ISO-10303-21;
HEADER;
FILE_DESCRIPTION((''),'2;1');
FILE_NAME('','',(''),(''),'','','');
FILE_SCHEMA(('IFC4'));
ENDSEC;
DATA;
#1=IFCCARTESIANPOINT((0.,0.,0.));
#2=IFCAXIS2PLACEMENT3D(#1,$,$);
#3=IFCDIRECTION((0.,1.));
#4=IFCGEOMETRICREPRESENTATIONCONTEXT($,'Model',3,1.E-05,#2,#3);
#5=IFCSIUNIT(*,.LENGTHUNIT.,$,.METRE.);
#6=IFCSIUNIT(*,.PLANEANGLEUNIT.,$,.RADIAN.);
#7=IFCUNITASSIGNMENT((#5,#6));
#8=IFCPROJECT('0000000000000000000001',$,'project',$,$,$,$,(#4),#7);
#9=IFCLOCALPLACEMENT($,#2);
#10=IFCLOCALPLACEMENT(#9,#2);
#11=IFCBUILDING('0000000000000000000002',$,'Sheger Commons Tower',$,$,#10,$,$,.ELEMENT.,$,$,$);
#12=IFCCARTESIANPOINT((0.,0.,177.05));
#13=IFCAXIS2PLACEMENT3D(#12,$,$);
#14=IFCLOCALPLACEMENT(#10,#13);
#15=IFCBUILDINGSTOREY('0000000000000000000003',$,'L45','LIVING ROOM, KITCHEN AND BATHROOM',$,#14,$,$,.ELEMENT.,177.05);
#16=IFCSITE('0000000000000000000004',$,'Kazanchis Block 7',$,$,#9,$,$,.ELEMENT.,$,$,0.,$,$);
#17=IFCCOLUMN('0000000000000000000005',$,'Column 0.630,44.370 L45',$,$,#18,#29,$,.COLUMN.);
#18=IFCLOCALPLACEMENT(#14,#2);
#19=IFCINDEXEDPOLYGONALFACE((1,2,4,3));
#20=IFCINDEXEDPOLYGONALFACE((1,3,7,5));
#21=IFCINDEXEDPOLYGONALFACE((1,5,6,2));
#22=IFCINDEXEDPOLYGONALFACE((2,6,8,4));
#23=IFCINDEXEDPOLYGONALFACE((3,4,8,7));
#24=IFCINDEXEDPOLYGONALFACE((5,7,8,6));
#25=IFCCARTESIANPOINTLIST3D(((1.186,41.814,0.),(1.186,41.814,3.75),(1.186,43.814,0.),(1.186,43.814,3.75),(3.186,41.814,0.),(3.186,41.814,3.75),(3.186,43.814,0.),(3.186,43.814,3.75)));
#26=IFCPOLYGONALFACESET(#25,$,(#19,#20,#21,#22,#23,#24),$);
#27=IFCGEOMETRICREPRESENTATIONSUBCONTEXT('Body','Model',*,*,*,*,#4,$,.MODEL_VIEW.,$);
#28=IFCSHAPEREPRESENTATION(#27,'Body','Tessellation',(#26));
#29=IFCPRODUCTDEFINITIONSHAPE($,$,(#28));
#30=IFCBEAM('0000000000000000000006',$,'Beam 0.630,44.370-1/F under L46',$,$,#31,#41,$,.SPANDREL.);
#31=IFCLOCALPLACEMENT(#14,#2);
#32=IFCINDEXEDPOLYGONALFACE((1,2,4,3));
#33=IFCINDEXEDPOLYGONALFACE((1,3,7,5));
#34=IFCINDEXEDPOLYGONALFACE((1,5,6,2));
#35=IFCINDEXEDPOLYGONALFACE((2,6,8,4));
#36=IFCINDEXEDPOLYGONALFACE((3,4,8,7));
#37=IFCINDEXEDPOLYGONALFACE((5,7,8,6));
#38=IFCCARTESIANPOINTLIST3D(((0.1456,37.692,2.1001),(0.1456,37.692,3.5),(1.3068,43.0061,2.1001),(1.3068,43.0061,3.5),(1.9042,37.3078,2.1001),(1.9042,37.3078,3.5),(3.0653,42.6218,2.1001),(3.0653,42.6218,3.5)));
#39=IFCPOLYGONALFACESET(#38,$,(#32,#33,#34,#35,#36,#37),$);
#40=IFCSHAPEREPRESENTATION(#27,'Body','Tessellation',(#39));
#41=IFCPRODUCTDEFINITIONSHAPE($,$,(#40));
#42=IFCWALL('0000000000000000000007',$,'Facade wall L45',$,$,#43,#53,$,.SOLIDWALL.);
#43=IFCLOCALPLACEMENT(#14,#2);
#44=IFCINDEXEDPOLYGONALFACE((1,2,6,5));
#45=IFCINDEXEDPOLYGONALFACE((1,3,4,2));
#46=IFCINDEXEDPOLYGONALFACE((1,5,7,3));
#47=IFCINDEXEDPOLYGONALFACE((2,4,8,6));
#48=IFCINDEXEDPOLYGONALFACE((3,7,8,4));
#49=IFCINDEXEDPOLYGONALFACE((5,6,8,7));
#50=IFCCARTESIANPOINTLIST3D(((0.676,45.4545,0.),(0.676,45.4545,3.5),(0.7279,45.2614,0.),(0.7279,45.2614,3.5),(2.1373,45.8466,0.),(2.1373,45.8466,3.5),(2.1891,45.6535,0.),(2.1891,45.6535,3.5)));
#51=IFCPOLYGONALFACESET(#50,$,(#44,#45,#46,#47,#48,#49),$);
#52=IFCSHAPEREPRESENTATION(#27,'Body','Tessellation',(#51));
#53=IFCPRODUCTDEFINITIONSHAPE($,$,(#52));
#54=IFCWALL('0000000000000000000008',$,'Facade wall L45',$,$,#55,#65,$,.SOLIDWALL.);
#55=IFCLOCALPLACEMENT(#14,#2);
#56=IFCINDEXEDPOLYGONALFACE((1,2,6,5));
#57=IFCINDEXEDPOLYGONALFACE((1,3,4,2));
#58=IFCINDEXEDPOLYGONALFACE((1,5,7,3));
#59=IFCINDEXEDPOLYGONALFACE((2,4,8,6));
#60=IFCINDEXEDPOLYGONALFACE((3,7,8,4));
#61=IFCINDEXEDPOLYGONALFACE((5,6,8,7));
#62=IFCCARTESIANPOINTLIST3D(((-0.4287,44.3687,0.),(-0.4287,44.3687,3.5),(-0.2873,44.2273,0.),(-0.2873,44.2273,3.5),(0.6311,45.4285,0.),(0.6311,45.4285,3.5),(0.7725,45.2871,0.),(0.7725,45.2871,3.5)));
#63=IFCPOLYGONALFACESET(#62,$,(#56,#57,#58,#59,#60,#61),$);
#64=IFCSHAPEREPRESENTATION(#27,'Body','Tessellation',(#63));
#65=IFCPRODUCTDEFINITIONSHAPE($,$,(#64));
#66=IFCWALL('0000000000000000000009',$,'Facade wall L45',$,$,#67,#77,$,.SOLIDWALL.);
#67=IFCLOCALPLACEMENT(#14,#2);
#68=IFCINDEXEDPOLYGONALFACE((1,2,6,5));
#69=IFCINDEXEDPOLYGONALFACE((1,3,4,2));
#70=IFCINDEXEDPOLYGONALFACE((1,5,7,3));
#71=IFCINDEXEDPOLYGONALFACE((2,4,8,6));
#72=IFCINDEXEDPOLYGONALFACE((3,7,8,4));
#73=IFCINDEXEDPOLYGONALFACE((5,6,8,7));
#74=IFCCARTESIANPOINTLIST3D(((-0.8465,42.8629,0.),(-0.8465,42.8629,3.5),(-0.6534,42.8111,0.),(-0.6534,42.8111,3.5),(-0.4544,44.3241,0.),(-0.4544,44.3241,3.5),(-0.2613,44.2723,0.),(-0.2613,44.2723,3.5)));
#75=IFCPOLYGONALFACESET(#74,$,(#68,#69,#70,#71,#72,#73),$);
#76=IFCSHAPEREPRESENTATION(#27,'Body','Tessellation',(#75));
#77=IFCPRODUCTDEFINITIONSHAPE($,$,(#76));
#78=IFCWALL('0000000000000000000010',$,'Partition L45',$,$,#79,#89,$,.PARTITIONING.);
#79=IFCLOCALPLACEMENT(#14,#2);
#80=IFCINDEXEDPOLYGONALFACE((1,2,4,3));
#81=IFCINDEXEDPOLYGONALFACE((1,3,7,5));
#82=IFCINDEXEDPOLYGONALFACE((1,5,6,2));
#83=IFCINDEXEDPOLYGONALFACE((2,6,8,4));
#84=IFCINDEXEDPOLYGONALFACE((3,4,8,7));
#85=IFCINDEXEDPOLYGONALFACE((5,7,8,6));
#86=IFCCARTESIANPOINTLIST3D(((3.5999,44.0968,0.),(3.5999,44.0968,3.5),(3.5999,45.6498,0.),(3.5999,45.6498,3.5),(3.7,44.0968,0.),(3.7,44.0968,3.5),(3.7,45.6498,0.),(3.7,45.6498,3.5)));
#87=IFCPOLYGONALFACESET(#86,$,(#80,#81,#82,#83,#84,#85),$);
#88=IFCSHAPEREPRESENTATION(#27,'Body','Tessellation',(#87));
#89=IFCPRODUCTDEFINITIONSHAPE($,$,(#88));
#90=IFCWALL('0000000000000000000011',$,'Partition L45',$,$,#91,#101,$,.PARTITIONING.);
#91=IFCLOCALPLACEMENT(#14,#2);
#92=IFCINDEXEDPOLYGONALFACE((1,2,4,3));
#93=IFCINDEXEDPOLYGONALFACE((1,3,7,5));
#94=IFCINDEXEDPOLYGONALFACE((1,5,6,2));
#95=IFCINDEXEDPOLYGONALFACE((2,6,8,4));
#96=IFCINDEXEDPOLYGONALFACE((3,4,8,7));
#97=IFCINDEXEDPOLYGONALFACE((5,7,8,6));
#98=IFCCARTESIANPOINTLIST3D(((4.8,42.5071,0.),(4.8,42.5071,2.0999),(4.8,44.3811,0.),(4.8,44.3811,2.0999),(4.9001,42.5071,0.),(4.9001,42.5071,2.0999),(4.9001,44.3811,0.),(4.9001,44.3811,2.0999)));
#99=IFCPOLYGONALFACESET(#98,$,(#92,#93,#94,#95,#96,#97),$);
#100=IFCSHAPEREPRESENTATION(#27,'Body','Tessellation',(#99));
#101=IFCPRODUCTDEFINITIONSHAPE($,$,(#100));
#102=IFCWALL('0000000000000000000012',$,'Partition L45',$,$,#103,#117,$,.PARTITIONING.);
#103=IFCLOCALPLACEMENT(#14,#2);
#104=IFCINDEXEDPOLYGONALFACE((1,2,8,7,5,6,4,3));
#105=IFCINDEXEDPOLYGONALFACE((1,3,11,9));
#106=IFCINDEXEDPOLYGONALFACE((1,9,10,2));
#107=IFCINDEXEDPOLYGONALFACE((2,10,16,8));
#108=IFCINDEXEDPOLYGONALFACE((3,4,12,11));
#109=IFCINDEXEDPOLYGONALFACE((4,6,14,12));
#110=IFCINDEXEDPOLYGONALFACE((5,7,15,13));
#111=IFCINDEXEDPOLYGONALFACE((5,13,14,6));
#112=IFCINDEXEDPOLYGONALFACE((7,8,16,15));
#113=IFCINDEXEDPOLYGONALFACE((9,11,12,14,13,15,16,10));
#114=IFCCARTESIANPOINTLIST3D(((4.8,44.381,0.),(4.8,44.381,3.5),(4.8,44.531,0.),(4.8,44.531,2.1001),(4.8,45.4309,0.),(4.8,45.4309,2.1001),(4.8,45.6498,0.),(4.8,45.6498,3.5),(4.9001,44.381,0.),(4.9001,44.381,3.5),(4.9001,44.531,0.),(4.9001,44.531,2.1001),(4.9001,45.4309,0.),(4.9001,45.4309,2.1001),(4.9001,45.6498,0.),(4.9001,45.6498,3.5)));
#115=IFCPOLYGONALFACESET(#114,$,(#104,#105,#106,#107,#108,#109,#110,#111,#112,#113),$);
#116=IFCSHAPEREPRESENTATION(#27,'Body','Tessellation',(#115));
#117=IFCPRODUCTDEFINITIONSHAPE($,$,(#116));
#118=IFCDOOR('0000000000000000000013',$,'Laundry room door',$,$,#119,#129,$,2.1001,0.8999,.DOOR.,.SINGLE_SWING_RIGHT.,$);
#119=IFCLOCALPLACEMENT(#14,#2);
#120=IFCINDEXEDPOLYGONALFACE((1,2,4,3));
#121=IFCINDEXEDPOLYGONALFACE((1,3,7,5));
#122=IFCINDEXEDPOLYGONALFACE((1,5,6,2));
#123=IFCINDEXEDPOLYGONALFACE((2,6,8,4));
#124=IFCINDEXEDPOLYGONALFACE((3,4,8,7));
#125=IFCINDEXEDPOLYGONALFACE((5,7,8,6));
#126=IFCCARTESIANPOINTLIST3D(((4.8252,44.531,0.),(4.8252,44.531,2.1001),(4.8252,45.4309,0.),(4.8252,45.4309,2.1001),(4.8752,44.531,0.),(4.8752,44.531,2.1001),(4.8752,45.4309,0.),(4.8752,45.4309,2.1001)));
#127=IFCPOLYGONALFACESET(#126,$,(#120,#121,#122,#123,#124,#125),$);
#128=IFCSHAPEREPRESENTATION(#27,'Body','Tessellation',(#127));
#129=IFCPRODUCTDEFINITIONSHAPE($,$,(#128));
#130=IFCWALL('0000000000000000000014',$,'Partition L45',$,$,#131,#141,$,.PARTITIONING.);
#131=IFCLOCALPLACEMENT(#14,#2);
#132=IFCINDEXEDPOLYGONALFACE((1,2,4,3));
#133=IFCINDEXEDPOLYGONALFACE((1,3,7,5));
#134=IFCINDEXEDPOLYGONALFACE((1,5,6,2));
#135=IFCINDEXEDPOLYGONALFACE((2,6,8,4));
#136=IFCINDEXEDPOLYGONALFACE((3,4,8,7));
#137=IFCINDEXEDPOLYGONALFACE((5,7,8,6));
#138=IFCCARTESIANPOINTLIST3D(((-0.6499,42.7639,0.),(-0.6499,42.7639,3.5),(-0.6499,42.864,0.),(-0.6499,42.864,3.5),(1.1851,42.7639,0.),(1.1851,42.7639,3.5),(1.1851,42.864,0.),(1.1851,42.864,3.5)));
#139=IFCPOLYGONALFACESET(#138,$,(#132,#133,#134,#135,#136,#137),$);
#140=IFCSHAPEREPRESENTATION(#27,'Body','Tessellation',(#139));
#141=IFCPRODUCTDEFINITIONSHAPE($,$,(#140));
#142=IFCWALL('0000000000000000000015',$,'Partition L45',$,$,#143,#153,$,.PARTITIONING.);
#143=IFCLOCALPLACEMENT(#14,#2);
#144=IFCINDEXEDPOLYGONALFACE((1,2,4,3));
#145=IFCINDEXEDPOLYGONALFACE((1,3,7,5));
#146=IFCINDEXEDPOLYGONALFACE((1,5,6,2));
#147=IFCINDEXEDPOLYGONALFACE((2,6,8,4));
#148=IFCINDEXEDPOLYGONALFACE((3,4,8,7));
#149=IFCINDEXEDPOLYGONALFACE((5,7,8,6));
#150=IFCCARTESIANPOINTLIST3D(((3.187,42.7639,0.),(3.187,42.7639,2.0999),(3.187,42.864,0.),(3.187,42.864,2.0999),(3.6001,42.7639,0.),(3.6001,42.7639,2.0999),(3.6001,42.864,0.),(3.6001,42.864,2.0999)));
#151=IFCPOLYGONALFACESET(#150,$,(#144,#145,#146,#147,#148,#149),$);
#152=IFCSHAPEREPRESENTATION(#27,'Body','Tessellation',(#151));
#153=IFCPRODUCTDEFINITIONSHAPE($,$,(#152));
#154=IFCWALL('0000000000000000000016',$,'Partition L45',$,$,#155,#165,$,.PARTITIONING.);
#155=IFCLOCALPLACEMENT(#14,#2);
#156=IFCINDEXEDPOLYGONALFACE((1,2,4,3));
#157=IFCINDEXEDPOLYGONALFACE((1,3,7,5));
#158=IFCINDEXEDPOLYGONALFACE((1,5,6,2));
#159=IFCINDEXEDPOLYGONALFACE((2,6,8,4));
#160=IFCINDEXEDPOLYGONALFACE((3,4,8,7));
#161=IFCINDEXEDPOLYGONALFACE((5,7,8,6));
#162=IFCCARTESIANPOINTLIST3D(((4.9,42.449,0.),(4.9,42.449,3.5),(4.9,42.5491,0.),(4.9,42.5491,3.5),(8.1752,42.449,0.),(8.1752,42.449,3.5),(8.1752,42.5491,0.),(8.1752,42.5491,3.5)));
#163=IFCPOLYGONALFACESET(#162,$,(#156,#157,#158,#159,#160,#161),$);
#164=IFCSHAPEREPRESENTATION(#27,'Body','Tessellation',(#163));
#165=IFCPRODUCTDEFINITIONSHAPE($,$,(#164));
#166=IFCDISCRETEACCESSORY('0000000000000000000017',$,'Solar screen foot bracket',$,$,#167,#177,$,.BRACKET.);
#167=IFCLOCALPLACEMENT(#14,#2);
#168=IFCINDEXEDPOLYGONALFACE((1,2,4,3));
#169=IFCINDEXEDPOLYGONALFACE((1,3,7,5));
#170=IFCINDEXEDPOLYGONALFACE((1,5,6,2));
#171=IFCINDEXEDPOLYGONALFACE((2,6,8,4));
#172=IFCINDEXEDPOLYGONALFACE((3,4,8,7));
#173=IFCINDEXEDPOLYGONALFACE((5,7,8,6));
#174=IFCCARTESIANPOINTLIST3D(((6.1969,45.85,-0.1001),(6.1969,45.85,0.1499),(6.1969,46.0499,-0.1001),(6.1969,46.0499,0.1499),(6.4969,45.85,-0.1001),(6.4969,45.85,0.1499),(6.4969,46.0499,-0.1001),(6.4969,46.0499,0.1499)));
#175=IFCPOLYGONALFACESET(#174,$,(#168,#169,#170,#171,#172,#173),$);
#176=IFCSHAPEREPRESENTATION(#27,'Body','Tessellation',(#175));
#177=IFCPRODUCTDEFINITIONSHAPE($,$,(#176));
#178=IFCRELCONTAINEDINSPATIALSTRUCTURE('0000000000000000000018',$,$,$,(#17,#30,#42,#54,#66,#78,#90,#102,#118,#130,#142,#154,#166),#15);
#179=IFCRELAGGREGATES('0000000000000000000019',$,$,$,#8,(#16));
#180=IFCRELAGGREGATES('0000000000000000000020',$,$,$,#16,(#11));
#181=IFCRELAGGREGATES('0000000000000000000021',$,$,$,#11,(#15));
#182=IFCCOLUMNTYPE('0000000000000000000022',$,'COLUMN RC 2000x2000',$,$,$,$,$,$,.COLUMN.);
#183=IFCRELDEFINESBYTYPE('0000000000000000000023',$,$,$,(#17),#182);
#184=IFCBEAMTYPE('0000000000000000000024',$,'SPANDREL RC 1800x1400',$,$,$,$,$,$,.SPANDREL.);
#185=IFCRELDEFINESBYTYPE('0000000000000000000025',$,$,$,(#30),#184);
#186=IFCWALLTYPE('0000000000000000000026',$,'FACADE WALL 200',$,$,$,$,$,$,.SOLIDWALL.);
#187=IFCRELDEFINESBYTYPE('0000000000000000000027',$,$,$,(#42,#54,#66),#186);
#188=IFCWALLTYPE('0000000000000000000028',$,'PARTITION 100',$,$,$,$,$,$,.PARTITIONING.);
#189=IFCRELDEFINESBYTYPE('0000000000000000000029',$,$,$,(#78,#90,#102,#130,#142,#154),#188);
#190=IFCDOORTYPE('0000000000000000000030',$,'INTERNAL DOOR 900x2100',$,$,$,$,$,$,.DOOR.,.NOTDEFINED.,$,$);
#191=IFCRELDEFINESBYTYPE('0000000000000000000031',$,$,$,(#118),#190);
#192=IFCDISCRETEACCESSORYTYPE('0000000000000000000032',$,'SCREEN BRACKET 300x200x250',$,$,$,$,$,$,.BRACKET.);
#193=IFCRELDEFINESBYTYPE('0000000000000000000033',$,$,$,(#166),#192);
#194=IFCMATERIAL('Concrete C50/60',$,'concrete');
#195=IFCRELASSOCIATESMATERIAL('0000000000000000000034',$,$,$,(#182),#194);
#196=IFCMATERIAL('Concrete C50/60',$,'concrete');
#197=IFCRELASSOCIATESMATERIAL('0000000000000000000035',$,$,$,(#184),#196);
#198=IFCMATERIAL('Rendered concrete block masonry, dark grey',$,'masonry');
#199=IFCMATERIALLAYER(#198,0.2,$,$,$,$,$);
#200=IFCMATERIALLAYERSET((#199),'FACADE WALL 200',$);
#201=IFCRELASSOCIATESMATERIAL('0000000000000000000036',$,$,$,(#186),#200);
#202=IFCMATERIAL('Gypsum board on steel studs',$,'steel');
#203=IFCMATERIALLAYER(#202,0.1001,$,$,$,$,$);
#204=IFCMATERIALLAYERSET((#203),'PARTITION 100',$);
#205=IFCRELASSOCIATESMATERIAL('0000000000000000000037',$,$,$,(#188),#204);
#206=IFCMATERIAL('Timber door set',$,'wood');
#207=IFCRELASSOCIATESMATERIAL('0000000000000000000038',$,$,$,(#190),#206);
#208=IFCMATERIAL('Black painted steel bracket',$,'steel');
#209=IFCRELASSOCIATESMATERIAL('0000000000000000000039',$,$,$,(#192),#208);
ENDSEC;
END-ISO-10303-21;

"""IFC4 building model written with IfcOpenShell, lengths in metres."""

from ifc_helpers import new_model, si_unit, direction, frame, frame_2d, origin, origin_2d, place, context, subcontext, project, spatial, rectangle, extrude, material, layer, layer_set, material_profile, profile_set, type_object, element, fill, save


model = new_model("IFC4")

# Units and contexts
model_context = context("Model", 3, precision=1e-05, world=origin(), true_north=direction((0.0, 1.0)))
body_context = subcontext(model_context, "Body", "Model", "MODEL_VIEW")
ifc_project = project(units=[si_unit("LENGTHUNIT", "METRE"), si_unit("PLANEANGLEUNIT", "RADIAN")], contexts=[model_context])

# Site, building, storey
site_placement = place(None, origin())
site = spatial("IfcSite", under=ifc_project, at=site_placement, Name="Kazanchis Block 7", CompositionType="ELEMENT", RefElevation=0.0)
building_placement = place(site_placement, origin())
building = spatial("IfcBuilding", under=site, at=building_placement, Name="Sheger Commons Tower", CompositionType="ELEMENT")
storey_placement = place(building_placement, frame((0.0, 0.0, 177.05)))
storey = spatial("IfcBuildingStorey", under=building, at=storey_placement, Name="L45", Description="LIVING ROOM, KITCHEN AND BATHROOM", CompositionType="ELEMENT", Elevation=177.05)

# Column
ifc_material_1 = material(Name="Concrete C50/60", Category="concrete")
ifc_material_profile_1 = material_profile(ifc_material_1, rectangle(XDim=2.0, YDim=2.0, at=origin_2d()), Name="RC 2000x2000")
ifc_profile_set_1 = profile_set([ifc_material_profile_1], Name="Concrete C50/60")
column_type = type_object("IfcColumnType", Name="COLUMN RC 2000x2000", PredefinedType="COLUMN", material=ifc_profile_set_1)
column_placement = place(storey_placement, frame((2.186, 42.814, 0.0), z_axis=(0.0, 0.0, 1.0), x_axis=(1.0, 0.0, 0.0)))
element("IfcColumn", 1, at=column_placement, inside=storey, type_object=column_type, Name="Column 0.630,44.370 L45", PredefinedType="COLUMN", context=body_context, shape_type="SweptSolid", body=[
    extrude(rectangle(XDim=2.0, YDim=2.0, at=origin_2d()), origin(), (0.0, 0.0, 1.0), 3.75),
])

# Beam
ifc_material_2 = material(Name="Concrete C50/60", Category="concrete")
ifc_material_profile_2 = material_profile(ifc_material_2, rectangle(XDim=1.8, YDim=1.3999, at=origin_2d()), Name="RC 1800x1400")
ifc_profile_set_2 = profile_set([ifc_material_profile_2], Name="Concrete C50/60")
beam_type = type_object("IfcBeamType", Name="SPANDREL RC 1800x1400", PredefinedType="SPANDREL", material=ifc_profile_set_2)
beam_placement = place(storey_placement, frame((2.186, 42.814, 2.8), z_axis=(-0.213469, -0.97695, 0.0), x_axis=(0.97695, -0.213469, 0.0)))
element("IfcBeam", 2, at=beam_placement, inside=storey, type_object=beam_type, Name="Beam 0.630,44.370-1/F under L46", PredefinedType="SPANDREL", context=body_context, shape_type="SweptSolid", body=[
    extrude(rectangle(XDim=1.8, YDim=1.3999, at=origin_2d()), origin(), (0.0, 0.0, 1.0), 5.4395),
])

# Walls
ifc_material_3 = material(Name="Rendered concrete block masonry, dark grey", Category="masonry")
ifc_layer_1 = layer(ifc_material_3, 0.2)
ifc_layer_set_1 = layer_set([ifc_layer_1], Name="FACADE WALL 200")
wall_type_1 = type_object("IfcWallType", Name="FACADE WALL 200", PredefinedType="SOLIDWALL", material=ifc_layer_set_1)
wall_1_placement = place(storey_placement, frame((2.1631, 45.75, 0.0), z_axis=(0.0, 0.0, 1.0), x_axis=(-0.965832, -0.259169, 0.0)))
element("IfcWall", 3, at=wall_1_placement, inside=storey, type_object=wall_type_1, Name="Facade wall L45", PredefinedType="SOLIDWALL", context=body_context, shape_type="SweptSolid", body=[
    extrude(rectangle(XDim=1.5129, YDim=0.2, at=frame_2d((0.7563, 0.0))), origin(), (0.0, 0.0, 1.0), 3.5),
])
wall_2_placement = place(storey_placement, frame((0.7019, 45.3579, 0.0), z_axis=(0.0, 0.0, 1.0), x_axis=(-0.707107, -0.707107, 0.0)))
element("IfcWall", 4, at=wall_2_placement, inside=storey, type_object=wall_type_1, Name="Facade wall L45", PredefinedType="SOLIDWALL", context=body_context, shape_type="SweptSolid", body=[
    extrude(rectangle(XDim=1.4988, YDim=0.2, at=frame_2d((0.7495, 0.0))), origin(), (0.0, 0.0, 1.0), 3.5),
])
wall_3_placement = place(storey_placement, frame((-0.3579, 44.2981, 0.0), z_axis=(0.0, 0.0, 1.0), x_axis=(-0.259169, -0.965832, 0.0)))
element("IfcWall", 5, at=wall_3_placement, inside=storey, type_object=wall_type_1, Name="Facade wall L45", PredefinedType="SOLIDWALL", context=body_context, shape_type="SweptSolid", body=[
    extrude(rectangle(XDim=1.5129, YDim=0.2, at=frame_2d((0.7563, 0.0))), origin(), (0.0, 0.0, 1.0), 3.5),
])

# Walls
ifc_material_4 = material(Name="Gypsum board on steel studs", Category="steel")
ifc_layer_2 = layer(ifc_material_4, 0.1001)
ifc_layer_set_2 = layer_set([ifc_layer_2], Name="PARTITION 100")
wall_type_2 = type_object("IfcWallType", Name="PARTITION 100", PredefinedType="PARTITIONING", material=ifc_layer_set_2)
wall_4_placement = place(storey_placement, frame((3.6499, 44.0969, 0.0), z_axis=(0.0, 0.0, 1.0), x_axis=(0.0, 1.0, 0.0)))
element("IfcWall", 6, at=wall_4_placement, inside=storey, type_object=wall_type_2, Name="Partition L45", PredefinedType="PARTITIONING", context=body_context, shape_type="SweptSolid", body=[
    extrude(rectangle(XDim=1.553, YDim=0.1001, at=frame_2d((0.7764, 0.0))), origin(), (0.0, 0.0, 1.0), 3.5),
])
wall_5_placement = place(storey_placement, frame((4.8501, 42.5071, 0.0), z_axis=(0.0, 0.0, 1.0), x_axis=(0.0, 1.0, 0.0)))
element("IfcWall", 7, at=wall_5_placement, inside=storey, type_object=wall_type_2, Name="Partition L45", PredefinedType="PARTITIONING", context=body_context, shape_type="SweptSolid", body=[
    extrude(rectangle(XDim=1.874, YDim=0.1001, at=frame_2d((0.937, 0.0))), origin(), (0.0, 0.0, 1.0), 2.0999),
])

# Wall, opening, door
wall_6_placement = place(storey_placement, frame((4.8501, 44.3811, 0.0), z_axis=(0.0, 0.0, 1.0), x_axis=(0.0, 1.0, 0.0)))
wall_6 = element("IfcWall", 8, at=wall_6_placement, inside=storey, type_object=wall_type_2, Name="Partition L45", PredefinedType="PARTITIONING", context=body_context, shape_type="SweptSolid", body=[
    extrude(rectangle(XDim=1.2688, YDim=0.1001, at=frame_2d((0.6343, 0.0))), origin(), (0.0, 0.0, 1.0), 3.5),
])
opening_1_placement = place(wall_6_placement, frame((0.1499, 0.0, 0.0)))
opening_1 = element("IfcOpeningElement", 9, at=opening_1_placement, cuts=wall_6, PredefinedType="OPENING", context=body_context, shape_type="SweptSolid", body=[
    extrude(rectangle(XDim=0.8999, YDim=2.1001, at=frame_2d((0.45, 1.05))), frame((0.0, 0.0601, 0.0), z_axis=(0.0, -1.0, 0.0), x_axis=(1.0, 0.0, 0.0)), (0.0, 0.0, 1.0), 0.1201),
])
ifc_material_5 = material(Name="Timber door set", Category="wood")
door_type = type_object("IfcDoorType", Name="INTERNAL DOOR 900x2100", OperationType="NOTDEFINED", PredefinedType="DOOR", material=ifc_material_5)
door_placement = place(opening_1_placement, origin())
door = element("IfcDoor", 10, at=door_placement, inside=storey, type_object=door_type, Name="Laundry room door", OperationType="SINGLE_SWING_RIGHT", OverallHeight=2.1001, OverallWidth=0.8999, PredefinedType="DOOR", context=body_context, shape_type="SweptSolid", body=[
    extrude(rectangle(XDim=0.8999, YDim=2.1001, at=frame_2d((0.45, 1.05))), frame((0.0, 0.0249, 0.0), z_axis=(0.0, -1.0, 0.0), x_axis=(1.0, 0.0, 0.0)), (0.0, 0.0, 1.0), 0.05),
])
fill(opening_1, door)

# Walls
wall_7_placement = place(storey_placement, frame((-0.6499, 42.814, 0.0), z_axis=(0.0, 0.0, 1.0), x_axis=(1.0, 0.0, 0.0)))
element("IfcWall", 11, at=wall_7_placement, inside=storey, type_object=wall_type_2, Name="Partition L45", PredefinedType="PARTITIONING", context=body_context, shape_type="SweptSolid", body=[
    extrude(rectangle(XDim=1.835, YDim=0.1001, at=frame_2d((0.9175, 0.0))), origin(), (0.0, 0.0, 1.0), 3.5),
])
wall_8_placement = place(storey_placement, frame((3.187, 42.814, 0.0), z_axis=(0.0, 0.0, 1.0), x_axis=(1.0, 0.0, 0.0)))
element("IfcWall", 12, at=wall_8_placement, inside=storey, type_object=wall_type_2, Name="Partition L45", PredefinedType="PARTITIONING", context=body_context, shape_type="SweptSolid", body=[
    extrude(rectangle(XDim=0.4131, YDim=0.1001, at=frame_2d((0.2065, 0.0))), origin(), (0.0, 0.0, 1.0), 2.0999),
])
wall_9_placement = place(storey_placement, frame((4.8999, 42.499, 0.0), z_axis=(0.0, 0.0, 1.0), x_axis=(1.0, 0.0, 0.0)))
element("IfcWall", 13, at=wall_9_placement, inside=storey, type_object=wall_type_2, Name="Partition L45", PredefinedType="PARTITIONING", context=body_context, shape_type="SweptSolid", body=[
    extrude(rectangle(XDim=3.2751, YDim=0.1001, at=frame_2d((1.6377, 0.0))), origin(), (0.0, 0.0, 1.0), 3.5),
])

# Discrete accessory
ifc_material_6 = material(Name="Black painted steel bracket", Category="steel")
discrete_accessory_type = type_object("IfcDiscreteAccessoryType", Name="SCREEN BRACKET 300x200x250", PredefinedType="BRACKET", material=ifc_material_6)
for number, where, z_axis, x_axis, name in (
    (14, (6.3469, 45.95, -0.1001), (0.0, 0.0, 1.0), (-1.0, 0.0, 0.0), "Solar screen foot bracket"),
):
    element("IfcDiscreteAccessory", number, at=place(storey_placement, frame(where, z_axis=z_axis, x_axis=x_axis)), inside=storey, type_object=discrete_accessory_type, Name=name, PredefinedType="BRACKET", context=body_context, shape_type="SweptSolid", body=[
        extrude(rectangle(XDim=0.3, YDim=0.2, at=origin_2d()), origin(), (0.0, 0.0, 1.0), 0.25),
    ])

save(model, "model.ifc")
